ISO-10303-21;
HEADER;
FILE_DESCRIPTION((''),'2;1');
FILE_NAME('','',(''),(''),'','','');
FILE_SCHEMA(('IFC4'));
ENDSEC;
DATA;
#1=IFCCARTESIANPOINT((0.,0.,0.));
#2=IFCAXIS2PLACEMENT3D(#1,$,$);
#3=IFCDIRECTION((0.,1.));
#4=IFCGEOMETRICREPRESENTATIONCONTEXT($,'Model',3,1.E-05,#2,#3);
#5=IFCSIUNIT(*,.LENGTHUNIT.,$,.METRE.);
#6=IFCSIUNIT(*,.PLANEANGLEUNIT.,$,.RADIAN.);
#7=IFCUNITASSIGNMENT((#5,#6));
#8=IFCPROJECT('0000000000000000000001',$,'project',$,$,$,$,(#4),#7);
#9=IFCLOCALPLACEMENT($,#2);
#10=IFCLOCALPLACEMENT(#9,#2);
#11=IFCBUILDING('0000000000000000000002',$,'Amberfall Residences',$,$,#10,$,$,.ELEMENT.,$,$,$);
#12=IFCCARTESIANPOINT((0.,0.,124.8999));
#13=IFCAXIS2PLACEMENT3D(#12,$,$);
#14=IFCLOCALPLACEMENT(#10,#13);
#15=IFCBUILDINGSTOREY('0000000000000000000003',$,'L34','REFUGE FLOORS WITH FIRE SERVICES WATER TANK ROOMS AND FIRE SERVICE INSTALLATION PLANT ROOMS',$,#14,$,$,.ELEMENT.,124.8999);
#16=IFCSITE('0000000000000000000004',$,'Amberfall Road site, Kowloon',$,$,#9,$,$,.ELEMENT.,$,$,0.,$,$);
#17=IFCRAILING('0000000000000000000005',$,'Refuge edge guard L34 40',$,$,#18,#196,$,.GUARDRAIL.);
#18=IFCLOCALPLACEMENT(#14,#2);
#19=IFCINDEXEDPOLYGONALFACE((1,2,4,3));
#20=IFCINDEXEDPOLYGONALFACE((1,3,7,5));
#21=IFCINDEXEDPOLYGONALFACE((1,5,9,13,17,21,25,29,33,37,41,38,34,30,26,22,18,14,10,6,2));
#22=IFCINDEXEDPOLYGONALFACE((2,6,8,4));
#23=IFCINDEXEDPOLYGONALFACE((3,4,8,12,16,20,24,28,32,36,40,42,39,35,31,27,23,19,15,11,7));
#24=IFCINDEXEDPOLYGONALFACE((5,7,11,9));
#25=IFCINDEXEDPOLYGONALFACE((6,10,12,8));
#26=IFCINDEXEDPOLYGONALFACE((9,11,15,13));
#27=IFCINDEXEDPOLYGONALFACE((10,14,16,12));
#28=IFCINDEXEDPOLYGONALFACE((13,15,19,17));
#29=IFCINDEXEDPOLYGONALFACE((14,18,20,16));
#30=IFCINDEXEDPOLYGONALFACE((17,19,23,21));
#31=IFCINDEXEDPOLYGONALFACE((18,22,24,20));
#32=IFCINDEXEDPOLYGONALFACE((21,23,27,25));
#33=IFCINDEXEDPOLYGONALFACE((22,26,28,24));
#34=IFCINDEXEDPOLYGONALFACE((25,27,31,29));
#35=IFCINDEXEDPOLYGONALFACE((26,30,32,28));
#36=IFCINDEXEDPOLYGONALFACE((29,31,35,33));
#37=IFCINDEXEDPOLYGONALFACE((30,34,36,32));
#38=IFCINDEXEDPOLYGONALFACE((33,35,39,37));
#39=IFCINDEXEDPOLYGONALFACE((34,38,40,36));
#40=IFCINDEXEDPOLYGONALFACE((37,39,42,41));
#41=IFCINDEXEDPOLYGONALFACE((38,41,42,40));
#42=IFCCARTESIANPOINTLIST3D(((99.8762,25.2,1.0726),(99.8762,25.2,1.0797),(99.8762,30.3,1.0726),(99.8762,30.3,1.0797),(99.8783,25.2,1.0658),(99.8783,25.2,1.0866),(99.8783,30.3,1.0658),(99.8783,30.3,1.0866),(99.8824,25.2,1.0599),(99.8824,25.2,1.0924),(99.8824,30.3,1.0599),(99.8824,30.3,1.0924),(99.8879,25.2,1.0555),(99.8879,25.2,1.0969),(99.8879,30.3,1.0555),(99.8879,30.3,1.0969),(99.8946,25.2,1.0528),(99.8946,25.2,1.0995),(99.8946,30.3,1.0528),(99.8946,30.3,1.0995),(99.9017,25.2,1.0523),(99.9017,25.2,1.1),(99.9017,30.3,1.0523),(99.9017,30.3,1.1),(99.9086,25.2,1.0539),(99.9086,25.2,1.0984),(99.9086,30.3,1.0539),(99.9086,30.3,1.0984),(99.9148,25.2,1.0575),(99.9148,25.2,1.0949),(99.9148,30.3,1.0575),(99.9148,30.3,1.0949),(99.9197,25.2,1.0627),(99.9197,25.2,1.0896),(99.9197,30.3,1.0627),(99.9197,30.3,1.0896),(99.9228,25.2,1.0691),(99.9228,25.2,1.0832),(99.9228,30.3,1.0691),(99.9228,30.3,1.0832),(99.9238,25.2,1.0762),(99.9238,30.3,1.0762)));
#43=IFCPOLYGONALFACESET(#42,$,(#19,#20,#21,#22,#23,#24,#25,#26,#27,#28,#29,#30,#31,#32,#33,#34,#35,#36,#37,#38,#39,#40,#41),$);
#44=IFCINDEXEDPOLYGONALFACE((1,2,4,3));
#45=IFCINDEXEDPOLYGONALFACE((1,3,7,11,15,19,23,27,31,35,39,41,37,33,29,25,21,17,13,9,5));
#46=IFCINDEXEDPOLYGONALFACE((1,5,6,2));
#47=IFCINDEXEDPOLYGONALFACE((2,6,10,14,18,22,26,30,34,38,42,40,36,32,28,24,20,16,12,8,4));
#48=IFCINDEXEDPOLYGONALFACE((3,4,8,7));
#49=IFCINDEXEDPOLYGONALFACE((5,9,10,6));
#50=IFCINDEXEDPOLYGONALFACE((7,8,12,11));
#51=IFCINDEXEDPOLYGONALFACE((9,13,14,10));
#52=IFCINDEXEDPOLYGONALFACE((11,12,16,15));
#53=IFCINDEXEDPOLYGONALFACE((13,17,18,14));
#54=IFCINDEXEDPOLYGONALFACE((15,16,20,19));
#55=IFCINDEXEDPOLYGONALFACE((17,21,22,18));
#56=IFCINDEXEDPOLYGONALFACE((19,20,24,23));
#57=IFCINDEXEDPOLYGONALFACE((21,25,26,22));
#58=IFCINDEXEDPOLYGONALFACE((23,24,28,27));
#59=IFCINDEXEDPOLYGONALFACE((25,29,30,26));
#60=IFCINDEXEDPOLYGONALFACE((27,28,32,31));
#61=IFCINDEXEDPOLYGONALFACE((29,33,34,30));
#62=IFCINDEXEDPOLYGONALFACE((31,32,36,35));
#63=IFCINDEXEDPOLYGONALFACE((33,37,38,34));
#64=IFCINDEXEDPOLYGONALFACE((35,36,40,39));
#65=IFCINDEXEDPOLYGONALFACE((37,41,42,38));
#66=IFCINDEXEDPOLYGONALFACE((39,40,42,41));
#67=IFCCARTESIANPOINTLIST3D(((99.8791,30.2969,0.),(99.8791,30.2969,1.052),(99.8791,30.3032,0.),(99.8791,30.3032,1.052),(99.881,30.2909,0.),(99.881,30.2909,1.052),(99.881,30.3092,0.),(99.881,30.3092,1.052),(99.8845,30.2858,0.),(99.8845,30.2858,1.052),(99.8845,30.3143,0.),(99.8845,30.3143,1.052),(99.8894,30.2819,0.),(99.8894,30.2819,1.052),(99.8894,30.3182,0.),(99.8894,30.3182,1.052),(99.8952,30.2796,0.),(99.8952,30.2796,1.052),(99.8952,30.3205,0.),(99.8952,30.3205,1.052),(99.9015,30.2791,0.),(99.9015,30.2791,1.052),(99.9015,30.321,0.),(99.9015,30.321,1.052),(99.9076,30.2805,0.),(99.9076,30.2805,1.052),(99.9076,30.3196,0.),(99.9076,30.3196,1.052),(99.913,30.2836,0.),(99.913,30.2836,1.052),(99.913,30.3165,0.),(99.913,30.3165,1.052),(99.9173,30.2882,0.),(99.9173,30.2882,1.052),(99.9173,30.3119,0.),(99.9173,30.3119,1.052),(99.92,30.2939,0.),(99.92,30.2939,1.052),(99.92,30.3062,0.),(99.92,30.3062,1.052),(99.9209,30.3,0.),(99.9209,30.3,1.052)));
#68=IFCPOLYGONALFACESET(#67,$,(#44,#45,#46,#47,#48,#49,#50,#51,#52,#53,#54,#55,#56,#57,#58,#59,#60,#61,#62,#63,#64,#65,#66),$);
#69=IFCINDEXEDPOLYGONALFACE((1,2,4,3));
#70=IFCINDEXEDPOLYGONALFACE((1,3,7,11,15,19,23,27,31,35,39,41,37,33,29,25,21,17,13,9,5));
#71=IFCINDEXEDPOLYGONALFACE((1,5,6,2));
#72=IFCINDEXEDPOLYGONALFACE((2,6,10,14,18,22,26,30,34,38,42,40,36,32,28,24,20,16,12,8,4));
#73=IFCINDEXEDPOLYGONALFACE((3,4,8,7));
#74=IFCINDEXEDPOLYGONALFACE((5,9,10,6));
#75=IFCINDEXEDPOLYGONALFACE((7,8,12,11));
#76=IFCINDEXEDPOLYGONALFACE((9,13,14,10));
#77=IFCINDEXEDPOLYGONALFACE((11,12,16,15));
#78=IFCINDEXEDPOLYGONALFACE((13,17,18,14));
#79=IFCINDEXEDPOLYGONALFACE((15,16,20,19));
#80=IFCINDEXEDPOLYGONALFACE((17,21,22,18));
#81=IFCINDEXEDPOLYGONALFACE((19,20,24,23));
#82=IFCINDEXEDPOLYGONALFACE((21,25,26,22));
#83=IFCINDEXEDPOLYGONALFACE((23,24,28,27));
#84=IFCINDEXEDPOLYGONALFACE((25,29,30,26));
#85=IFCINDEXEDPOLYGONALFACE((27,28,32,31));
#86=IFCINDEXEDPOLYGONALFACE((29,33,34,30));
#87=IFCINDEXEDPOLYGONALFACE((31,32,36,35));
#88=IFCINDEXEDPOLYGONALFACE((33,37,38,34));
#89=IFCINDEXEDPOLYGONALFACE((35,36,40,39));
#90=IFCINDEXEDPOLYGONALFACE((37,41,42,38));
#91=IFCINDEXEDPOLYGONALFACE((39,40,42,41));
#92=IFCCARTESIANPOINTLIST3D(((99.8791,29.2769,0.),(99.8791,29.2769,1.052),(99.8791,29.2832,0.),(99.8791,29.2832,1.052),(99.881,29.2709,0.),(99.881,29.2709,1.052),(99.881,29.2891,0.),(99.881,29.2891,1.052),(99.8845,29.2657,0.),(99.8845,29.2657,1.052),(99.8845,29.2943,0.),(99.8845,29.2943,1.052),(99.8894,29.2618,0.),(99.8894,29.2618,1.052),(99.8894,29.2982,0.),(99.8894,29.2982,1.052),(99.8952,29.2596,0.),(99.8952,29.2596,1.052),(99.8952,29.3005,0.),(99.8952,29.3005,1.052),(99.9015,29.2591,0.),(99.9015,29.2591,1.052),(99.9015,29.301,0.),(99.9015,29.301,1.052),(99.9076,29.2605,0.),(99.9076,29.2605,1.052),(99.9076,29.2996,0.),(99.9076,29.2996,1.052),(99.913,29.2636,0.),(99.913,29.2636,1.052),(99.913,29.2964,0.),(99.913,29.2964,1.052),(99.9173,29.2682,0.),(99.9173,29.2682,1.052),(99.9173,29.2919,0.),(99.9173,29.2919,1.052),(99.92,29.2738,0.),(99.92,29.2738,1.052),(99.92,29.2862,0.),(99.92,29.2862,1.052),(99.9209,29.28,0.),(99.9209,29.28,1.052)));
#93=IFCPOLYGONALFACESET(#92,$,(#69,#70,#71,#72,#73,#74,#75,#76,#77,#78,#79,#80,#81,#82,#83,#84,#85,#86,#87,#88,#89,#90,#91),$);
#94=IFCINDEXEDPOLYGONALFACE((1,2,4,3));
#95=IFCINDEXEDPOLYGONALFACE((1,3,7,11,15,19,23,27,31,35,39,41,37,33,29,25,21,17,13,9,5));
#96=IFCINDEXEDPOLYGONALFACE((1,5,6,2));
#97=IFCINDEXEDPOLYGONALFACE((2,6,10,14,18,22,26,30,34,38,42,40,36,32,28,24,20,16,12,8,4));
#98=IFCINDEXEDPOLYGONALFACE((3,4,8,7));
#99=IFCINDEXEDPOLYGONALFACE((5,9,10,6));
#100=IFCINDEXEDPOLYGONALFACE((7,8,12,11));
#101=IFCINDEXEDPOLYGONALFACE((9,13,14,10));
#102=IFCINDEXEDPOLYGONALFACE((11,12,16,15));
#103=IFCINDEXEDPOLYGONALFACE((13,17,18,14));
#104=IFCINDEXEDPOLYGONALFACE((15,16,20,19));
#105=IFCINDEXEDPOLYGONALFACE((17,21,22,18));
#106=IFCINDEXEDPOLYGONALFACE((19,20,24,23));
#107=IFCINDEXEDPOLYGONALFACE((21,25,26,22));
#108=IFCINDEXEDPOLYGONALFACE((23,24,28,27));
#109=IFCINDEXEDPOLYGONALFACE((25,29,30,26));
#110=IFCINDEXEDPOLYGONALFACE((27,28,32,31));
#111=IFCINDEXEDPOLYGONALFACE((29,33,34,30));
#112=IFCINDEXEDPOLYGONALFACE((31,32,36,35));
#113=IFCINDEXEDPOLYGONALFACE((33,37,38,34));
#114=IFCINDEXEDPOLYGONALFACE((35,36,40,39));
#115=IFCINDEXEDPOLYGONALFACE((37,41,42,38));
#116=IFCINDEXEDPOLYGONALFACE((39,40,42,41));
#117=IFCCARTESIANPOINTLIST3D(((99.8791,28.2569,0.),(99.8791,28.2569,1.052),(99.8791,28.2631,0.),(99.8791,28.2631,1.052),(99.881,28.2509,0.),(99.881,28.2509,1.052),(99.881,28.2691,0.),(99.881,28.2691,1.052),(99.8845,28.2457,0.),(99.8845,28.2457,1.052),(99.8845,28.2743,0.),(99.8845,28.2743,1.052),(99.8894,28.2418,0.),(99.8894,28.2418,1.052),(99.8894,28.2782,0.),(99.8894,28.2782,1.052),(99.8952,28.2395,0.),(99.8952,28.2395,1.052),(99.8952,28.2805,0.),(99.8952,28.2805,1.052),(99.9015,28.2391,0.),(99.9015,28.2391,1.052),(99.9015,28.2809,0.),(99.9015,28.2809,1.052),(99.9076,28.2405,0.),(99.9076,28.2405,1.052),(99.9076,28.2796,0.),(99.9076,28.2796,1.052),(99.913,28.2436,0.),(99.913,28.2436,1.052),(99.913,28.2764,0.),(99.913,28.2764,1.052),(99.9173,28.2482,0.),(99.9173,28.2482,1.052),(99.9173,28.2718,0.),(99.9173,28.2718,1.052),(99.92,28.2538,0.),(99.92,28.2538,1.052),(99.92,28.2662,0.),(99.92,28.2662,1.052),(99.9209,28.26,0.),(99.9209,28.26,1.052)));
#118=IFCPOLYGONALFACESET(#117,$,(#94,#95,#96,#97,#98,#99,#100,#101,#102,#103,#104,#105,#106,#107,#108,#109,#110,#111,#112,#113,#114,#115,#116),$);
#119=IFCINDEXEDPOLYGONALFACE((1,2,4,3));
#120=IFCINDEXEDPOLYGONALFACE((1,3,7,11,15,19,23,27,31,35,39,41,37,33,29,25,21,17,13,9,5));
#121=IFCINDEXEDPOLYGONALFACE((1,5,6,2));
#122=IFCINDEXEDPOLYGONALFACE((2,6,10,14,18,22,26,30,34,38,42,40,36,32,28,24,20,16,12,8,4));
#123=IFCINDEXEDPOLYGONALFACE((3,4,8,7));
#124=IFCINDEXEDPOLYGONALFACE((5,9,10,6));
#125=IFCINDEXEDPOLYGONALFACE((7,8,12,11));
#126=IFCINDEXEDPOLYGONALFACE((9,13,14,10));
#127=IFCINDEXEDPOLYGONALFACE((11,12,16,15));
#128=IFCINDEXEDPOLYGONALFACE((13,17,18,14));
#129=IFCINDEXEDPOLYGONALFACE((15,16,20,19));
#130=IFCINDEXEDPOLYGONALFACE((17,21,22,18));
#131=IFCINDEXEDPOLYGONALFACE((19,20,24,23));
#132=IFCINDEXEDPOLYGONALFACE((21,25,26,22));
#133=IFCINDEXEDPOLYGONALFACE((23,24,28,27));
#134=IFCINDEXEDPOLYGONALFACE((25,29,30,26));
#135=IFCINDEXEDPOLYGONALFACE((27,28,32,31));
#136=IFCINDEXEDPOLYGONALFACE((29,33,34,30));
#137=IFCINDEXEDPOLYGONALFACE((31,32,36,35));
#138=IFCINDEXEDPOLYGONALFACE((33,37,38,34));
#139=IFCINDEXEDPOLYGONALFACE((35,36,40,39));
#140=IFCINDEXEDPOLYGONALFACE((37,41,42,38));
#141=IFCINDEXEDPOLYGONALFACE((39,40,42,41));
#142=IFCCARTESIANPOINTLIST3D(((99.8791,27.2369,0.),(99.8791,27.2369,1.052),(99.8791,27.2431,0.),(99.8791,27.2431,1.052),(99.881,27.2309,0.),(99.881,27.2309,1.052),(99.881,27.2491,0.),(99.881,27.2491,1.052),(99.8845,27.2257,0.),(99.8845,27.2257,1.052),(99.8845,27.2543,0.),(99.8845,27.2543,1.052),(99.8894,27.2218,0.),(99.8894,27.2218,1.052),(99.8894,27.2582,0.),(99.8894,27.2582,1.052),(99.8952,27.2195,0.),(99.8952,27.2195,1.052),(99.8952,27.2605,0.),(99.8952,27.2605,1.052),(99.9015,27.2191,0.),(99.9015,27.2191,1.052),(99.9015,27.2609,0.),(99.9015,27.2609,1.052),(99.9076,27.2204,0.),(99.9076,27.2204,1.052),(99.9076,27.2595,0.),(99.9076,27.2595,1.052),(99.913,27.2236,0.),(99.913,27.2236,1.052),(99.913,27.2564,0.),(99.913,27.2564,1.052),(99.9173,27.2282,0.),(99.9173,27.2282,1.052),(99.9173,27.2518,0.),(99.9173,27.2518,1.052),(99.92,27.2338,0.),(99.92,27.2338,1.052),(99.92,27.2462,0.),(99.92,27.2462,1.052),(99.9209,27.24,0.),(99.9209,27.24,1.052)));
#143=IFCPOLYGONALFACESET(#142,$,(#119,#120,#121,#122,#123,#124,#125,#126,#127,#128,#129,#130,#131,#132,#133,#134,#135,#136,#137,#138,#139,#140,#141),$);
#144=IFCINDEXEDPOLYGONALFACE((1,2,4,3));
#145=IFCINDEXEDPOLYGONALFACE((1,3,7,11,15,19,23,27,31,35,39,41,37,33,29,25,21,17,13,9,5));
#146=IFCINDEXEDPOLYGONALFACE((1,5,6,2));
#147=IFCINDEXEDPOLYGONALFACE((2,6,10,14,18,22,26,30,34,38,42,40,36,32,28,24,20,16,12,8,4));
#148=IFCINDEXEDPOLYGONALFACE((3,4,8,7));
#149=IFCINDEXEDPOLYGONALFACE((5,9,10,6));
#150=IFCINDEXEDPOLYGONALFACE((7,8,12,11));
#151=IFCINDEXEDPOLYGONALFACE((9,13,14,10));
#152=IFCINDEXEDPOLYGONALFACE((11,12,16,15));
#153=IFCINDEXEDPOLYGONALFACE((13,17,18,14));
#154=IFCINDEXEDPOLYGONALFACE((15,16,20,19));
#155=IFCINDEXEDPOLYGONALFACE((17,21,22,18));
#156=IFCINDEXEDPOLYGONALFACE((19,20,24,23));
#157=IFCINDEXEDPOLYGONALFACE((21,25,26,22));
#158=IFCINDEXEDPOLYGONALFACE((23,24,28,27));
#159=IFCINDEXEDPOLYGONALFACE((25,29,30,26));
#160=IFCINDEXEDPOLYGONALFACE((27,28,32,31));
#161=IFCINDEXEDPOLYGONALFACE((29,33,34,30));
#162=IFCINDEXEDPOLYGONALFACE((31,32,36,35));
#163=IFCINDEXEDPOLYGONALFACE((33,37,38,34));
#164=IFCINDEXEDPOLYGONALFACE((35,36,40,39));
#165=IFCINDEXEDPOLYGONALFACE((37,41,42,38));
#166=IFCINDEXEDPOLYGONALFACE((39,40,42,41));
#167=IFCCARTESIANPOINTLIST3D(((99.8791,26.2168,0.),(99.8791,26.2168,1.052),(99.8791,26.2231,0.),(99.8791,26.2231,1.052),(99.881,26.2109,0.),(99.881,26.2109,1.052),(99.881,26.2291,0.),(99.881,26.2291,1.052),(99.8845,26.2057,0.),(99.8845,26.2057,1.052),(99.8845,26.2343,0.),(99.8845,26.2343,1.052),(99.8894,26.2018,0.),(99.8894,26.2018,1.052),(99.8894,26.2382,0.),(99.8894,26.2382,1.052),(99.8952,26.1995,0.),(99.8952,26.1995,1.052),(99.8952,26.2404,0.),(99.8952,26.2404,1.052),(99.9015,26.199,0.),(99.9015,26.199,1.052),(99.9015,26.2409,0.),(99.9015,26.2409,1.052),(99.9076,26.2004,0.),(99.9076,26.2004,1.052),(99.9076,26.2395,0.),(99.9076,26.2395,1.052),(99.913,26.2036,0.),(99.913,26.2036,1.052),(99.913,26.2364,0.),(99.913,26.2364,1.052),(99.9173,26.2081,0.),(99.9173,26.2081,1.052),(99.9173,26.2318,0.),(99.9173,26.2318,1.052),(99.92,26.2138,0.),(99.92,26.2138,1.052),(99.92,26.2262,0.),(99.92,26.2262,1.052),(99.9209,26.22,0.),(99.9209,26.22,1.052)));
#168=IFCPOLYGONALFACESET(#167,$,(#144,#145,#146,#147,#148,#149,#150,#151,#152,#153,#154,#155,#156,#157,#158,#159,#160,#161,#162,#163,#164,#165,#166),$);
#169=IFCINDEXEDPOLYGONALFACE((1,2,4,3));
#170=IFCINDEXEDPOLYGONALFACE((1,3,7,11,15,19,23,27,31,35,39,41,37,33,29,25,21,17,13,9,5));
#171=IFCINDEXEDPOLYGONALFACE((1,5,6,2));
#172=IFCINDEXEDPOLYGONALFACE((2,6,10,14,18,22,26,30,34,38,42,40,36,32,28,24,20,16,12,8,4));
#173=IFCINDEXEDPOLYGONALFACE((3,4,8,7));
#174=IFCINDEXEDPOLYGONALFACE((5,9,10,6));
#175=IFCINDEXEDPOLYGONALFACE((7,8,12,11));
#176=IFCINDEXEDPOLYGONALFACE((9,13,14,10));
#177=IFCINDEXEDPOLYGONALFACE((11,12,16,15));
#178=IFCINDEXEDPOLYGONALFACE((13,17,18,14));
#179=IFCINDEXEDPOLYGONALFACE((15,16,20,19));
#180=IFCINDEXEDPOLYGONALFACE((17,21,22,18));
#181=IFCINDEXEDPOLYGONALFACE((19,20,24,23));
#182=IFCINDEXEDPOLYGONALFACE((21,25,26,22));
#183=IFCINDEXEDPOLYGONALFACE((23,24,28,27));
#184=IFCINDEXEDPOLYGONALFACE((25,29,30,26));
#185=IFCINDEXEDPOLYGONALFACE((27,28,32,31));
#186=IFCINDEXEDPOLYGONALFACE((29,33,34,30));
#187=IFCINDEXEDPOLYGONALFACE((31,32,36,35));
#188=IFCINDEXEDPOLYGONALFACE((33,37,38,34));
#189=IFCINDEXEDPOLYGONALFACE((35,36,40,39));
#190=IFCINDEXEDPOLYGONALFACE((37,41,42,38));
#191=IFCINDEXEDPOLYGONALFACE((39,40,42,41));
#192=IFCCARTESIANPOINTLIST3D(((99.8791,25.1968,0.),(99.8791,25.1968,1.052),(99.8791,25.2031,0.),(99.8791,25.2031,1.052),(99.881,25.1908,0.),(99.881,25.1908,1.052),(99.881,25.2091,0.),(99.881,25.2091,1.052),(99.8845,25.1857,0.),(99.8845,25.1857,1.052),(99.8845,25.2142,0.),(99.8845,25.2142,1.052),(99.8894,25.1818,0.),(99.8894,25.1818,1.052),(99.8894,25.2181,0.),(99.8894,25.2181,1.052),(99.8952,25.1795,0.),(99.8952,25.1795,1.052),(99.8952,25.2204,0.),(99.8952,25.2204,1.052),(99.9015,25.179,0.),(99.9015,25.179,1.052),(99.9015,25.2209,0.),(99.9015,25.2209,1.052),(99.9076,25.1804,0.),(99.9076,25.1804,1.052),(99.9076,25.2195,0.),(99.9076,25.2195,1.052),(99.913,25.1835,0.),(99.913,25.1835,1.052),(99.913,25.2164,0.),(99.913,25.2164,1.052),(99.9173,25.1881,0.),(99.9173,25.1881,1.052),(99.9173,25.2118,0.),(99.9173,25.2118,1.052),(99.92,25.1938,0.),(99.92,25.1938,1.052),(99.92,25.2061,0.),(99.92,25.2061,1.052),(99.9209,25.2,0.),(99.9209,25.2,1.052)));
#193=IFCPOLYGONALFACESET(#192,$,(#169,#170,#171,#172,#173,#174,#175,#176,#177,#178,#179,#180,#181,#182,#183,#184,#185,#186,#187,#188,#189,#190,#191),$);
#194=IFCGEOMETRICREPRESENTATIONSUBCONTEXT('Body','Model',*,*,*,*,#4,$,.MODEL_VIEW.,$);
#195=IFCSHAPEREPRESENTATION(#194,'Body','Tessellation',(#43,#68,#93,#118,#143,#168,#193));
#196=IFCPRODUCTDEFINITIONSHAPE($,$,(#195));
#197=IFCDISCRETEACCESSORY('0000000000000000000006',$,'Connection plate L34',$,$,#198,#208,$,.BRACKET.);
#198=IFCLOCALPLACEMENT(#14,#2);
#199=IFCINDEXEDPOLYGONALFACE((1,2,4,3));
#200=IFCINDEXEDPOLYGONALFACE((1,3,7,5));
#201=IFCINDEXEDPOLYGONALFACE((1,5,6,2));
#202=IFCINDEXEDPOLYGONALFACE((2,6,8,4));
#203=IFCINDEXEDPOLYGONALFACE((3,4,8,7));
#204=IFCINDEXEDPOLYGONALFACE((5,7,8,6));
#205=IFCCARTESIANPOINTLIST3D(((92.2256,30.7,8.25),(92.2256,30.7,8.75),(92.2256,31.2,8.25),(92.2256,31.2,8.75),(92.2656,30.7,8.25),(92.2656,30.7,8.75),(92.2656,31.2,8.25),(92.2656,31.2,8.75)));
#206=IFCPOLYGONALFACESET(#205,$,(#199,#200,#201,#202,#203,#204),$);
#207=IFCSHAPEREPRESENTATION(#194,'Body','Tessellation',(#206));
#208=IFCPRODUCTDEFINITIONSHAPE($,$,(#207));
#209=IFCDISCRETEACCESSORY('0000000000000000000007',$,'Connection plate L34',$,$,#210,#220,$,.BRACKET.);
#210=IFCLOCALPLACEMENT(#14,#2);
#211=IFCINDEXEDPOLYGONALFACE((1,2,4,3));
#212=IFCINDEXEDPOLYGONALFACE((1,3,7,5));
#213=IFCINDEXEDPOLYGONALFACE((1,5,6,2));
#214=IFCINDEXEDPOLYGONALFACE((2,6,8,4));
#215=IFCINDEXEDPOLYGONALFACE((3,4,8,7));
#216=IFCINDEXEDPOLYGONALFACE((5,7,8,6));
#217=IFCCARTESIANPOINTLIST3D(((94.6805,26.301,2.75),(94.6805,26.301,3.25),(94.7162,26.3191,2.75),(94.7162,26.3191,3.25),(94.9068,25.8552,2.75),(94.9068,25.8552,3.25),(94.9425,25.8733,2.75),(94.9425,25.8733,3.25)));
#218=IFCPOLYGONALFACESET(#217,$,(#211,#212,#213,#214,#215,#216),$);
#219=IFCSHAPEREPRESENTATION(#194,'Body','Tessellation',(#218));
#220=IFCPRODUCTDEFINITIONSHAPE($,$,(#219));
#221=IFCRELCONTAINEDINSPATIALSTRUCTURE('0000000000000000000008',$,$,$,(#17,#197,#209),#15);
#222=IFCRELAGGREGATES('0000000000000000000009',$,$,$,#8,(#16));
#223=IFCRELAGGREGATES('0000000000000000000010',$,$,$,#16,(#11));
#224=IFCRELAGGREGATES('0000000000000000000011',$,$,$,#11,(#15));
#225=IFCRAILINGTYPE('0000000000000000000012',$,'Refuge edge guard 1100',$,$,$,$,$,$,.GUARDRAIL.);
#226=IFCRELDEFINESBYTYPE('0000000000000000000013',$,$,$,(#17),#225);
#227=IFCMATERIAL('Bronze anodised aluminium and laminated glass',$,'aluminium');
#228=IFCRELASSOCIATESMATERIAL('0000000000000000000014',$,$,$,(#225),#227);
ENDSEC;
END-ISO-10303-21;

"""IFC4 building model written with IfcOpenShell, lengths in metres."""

from ifc_helpers import new_model, si_unit, direction, frame, origin, origin_2d, place, context, subcontext, project, spatial, rectangle, circle, extrude, material, type_object, element, save


model = new_model("IFC4")

# Units and contexts
model_context = context("Model", 3, precision=1e-05, world=origin(), true_north=direction((0.0, 1.0)))
body_context = subcontext(model_context, "Body", "Model", "MODEL_VIEW")
ifc_project = project(units=[si_unit("LENGTHUNIT", "METRE"), si_unit("PLANEANGLEUNIT", "RADIAN")], contexts=[model_context])

# Site, building, storey
site_placement = place(None, origin())
site = spatial("IfcSite", under=ifc_project, at=site_placement, Name="Amberfall Road site, Kowloon", CompositionType="ELEMENT", RefElevation=0.0)
building_placement = place(site_placement, origin())
building = spatial("IfcBuilding", under=site, at=building_placement, Name="Amberfall Residences", CompositionType="ELEMENT")
storey_placement = place(building_placement, frame((0.0, 0.0, 124.8999)))
storey = spatial("IfcBuildingStorey", under=building, at=storey_placement, Name="L34", Description="REFUGE FLOORS WITH FIRE SERVICES WATER TANK ROOMS AND FIRE SERVICE INSTALLATION PLANT ROOMS", CompositionType="ELEMENT", Elevation=124.8999)

# Railing
ifc_material_1 = material(Name="Bronze anodised aluminium and laminated glass", Category="aluminium")
railing_type = type_object("IfcRailingType", Name="Refuge edge guard 1100", PredefinedType="GUARDRAIL", material=ifc_material_1)
railing_1_placement = place(storey_placement, frame((99.8999, 30.3, 0.0)))
element("IfcRailing", 1, at=railing_1_placement, inside=storey, type_object=railing_type, Name="Refuge edge guard L34 40", PredefinedType="GUARDRAIL", context=body_context, shape_type="SweptSolid", body=[
    extrude(circle(Radius=0.0239, at=origin_2d()), frame((0.0, 0.0, 1.0762), z_axis=(0.0, -1.0, 0.0), x_axis=(1.0, 0.0, 0.0)), (0.0, 0.0, 1.0), 5.1001),
    extrude(circle(Radius=0.021, at=origin_2d()), origin(), (0.0, 0.0, 1.0), 1.052),
    extrude(circle(Radius=0.021, at=origin_2d()), frame((0.0, -1.02, 0.0)), (0.0, 0.0, 1.0), 1.052),
    extrude(circle(Radius=0.021, at=origin_2d()), frame((0.0, -2.04, 0.0)), (0.0, 0.0, 1.0), 1.052),
    extrude(circle(Radius=0.021, at=origin_2d()), frame((0.0, -3.0601, 0.0)), (0.0, 0.0, 1.0), 1.052),
    extrude(circle(Radius=0.021, at=origin_2d()), frame((0.0, -4.0801, 0.0)), (0.0, 0.0, 1.0), 1.052),
    extrude(circle(Radius=0.021, at=origin_2d()), frame((0.0, -5.1001, 0.0)), (0.0, 0.0, 1.0), 1.052),
])

# Discrete accessories
for number, where, z_axis, x_axis, name in (
    (2, (92.2456, 30.95, 8.25), (0.0, 0.0, 1.0), (0.0, 1.0, 0.0), "Connection plate L34"),
    (3, (94.8115, 26.0872, 2.75), (0.0, 0.0, 1.0), (-0.452621, 0.891703, 0.0), "Connection plate L34"),
):
    element("IfcDiscreteAccessory", number, at=place(storey_placement, frame(where, z_axis=z_axis, x_axis=x_axis)), inside=storey, Name=name, PredefinedType="BRACKET", context=body_context, shape_type="SweptSolid", body=[
        extrude(rectangle(XDim=0.5, YDim=0.04, at=origin_2d()), origin(), (0.0, 0.0, 1.0), 0.5),
    ])

save(model, "model.ifc")
